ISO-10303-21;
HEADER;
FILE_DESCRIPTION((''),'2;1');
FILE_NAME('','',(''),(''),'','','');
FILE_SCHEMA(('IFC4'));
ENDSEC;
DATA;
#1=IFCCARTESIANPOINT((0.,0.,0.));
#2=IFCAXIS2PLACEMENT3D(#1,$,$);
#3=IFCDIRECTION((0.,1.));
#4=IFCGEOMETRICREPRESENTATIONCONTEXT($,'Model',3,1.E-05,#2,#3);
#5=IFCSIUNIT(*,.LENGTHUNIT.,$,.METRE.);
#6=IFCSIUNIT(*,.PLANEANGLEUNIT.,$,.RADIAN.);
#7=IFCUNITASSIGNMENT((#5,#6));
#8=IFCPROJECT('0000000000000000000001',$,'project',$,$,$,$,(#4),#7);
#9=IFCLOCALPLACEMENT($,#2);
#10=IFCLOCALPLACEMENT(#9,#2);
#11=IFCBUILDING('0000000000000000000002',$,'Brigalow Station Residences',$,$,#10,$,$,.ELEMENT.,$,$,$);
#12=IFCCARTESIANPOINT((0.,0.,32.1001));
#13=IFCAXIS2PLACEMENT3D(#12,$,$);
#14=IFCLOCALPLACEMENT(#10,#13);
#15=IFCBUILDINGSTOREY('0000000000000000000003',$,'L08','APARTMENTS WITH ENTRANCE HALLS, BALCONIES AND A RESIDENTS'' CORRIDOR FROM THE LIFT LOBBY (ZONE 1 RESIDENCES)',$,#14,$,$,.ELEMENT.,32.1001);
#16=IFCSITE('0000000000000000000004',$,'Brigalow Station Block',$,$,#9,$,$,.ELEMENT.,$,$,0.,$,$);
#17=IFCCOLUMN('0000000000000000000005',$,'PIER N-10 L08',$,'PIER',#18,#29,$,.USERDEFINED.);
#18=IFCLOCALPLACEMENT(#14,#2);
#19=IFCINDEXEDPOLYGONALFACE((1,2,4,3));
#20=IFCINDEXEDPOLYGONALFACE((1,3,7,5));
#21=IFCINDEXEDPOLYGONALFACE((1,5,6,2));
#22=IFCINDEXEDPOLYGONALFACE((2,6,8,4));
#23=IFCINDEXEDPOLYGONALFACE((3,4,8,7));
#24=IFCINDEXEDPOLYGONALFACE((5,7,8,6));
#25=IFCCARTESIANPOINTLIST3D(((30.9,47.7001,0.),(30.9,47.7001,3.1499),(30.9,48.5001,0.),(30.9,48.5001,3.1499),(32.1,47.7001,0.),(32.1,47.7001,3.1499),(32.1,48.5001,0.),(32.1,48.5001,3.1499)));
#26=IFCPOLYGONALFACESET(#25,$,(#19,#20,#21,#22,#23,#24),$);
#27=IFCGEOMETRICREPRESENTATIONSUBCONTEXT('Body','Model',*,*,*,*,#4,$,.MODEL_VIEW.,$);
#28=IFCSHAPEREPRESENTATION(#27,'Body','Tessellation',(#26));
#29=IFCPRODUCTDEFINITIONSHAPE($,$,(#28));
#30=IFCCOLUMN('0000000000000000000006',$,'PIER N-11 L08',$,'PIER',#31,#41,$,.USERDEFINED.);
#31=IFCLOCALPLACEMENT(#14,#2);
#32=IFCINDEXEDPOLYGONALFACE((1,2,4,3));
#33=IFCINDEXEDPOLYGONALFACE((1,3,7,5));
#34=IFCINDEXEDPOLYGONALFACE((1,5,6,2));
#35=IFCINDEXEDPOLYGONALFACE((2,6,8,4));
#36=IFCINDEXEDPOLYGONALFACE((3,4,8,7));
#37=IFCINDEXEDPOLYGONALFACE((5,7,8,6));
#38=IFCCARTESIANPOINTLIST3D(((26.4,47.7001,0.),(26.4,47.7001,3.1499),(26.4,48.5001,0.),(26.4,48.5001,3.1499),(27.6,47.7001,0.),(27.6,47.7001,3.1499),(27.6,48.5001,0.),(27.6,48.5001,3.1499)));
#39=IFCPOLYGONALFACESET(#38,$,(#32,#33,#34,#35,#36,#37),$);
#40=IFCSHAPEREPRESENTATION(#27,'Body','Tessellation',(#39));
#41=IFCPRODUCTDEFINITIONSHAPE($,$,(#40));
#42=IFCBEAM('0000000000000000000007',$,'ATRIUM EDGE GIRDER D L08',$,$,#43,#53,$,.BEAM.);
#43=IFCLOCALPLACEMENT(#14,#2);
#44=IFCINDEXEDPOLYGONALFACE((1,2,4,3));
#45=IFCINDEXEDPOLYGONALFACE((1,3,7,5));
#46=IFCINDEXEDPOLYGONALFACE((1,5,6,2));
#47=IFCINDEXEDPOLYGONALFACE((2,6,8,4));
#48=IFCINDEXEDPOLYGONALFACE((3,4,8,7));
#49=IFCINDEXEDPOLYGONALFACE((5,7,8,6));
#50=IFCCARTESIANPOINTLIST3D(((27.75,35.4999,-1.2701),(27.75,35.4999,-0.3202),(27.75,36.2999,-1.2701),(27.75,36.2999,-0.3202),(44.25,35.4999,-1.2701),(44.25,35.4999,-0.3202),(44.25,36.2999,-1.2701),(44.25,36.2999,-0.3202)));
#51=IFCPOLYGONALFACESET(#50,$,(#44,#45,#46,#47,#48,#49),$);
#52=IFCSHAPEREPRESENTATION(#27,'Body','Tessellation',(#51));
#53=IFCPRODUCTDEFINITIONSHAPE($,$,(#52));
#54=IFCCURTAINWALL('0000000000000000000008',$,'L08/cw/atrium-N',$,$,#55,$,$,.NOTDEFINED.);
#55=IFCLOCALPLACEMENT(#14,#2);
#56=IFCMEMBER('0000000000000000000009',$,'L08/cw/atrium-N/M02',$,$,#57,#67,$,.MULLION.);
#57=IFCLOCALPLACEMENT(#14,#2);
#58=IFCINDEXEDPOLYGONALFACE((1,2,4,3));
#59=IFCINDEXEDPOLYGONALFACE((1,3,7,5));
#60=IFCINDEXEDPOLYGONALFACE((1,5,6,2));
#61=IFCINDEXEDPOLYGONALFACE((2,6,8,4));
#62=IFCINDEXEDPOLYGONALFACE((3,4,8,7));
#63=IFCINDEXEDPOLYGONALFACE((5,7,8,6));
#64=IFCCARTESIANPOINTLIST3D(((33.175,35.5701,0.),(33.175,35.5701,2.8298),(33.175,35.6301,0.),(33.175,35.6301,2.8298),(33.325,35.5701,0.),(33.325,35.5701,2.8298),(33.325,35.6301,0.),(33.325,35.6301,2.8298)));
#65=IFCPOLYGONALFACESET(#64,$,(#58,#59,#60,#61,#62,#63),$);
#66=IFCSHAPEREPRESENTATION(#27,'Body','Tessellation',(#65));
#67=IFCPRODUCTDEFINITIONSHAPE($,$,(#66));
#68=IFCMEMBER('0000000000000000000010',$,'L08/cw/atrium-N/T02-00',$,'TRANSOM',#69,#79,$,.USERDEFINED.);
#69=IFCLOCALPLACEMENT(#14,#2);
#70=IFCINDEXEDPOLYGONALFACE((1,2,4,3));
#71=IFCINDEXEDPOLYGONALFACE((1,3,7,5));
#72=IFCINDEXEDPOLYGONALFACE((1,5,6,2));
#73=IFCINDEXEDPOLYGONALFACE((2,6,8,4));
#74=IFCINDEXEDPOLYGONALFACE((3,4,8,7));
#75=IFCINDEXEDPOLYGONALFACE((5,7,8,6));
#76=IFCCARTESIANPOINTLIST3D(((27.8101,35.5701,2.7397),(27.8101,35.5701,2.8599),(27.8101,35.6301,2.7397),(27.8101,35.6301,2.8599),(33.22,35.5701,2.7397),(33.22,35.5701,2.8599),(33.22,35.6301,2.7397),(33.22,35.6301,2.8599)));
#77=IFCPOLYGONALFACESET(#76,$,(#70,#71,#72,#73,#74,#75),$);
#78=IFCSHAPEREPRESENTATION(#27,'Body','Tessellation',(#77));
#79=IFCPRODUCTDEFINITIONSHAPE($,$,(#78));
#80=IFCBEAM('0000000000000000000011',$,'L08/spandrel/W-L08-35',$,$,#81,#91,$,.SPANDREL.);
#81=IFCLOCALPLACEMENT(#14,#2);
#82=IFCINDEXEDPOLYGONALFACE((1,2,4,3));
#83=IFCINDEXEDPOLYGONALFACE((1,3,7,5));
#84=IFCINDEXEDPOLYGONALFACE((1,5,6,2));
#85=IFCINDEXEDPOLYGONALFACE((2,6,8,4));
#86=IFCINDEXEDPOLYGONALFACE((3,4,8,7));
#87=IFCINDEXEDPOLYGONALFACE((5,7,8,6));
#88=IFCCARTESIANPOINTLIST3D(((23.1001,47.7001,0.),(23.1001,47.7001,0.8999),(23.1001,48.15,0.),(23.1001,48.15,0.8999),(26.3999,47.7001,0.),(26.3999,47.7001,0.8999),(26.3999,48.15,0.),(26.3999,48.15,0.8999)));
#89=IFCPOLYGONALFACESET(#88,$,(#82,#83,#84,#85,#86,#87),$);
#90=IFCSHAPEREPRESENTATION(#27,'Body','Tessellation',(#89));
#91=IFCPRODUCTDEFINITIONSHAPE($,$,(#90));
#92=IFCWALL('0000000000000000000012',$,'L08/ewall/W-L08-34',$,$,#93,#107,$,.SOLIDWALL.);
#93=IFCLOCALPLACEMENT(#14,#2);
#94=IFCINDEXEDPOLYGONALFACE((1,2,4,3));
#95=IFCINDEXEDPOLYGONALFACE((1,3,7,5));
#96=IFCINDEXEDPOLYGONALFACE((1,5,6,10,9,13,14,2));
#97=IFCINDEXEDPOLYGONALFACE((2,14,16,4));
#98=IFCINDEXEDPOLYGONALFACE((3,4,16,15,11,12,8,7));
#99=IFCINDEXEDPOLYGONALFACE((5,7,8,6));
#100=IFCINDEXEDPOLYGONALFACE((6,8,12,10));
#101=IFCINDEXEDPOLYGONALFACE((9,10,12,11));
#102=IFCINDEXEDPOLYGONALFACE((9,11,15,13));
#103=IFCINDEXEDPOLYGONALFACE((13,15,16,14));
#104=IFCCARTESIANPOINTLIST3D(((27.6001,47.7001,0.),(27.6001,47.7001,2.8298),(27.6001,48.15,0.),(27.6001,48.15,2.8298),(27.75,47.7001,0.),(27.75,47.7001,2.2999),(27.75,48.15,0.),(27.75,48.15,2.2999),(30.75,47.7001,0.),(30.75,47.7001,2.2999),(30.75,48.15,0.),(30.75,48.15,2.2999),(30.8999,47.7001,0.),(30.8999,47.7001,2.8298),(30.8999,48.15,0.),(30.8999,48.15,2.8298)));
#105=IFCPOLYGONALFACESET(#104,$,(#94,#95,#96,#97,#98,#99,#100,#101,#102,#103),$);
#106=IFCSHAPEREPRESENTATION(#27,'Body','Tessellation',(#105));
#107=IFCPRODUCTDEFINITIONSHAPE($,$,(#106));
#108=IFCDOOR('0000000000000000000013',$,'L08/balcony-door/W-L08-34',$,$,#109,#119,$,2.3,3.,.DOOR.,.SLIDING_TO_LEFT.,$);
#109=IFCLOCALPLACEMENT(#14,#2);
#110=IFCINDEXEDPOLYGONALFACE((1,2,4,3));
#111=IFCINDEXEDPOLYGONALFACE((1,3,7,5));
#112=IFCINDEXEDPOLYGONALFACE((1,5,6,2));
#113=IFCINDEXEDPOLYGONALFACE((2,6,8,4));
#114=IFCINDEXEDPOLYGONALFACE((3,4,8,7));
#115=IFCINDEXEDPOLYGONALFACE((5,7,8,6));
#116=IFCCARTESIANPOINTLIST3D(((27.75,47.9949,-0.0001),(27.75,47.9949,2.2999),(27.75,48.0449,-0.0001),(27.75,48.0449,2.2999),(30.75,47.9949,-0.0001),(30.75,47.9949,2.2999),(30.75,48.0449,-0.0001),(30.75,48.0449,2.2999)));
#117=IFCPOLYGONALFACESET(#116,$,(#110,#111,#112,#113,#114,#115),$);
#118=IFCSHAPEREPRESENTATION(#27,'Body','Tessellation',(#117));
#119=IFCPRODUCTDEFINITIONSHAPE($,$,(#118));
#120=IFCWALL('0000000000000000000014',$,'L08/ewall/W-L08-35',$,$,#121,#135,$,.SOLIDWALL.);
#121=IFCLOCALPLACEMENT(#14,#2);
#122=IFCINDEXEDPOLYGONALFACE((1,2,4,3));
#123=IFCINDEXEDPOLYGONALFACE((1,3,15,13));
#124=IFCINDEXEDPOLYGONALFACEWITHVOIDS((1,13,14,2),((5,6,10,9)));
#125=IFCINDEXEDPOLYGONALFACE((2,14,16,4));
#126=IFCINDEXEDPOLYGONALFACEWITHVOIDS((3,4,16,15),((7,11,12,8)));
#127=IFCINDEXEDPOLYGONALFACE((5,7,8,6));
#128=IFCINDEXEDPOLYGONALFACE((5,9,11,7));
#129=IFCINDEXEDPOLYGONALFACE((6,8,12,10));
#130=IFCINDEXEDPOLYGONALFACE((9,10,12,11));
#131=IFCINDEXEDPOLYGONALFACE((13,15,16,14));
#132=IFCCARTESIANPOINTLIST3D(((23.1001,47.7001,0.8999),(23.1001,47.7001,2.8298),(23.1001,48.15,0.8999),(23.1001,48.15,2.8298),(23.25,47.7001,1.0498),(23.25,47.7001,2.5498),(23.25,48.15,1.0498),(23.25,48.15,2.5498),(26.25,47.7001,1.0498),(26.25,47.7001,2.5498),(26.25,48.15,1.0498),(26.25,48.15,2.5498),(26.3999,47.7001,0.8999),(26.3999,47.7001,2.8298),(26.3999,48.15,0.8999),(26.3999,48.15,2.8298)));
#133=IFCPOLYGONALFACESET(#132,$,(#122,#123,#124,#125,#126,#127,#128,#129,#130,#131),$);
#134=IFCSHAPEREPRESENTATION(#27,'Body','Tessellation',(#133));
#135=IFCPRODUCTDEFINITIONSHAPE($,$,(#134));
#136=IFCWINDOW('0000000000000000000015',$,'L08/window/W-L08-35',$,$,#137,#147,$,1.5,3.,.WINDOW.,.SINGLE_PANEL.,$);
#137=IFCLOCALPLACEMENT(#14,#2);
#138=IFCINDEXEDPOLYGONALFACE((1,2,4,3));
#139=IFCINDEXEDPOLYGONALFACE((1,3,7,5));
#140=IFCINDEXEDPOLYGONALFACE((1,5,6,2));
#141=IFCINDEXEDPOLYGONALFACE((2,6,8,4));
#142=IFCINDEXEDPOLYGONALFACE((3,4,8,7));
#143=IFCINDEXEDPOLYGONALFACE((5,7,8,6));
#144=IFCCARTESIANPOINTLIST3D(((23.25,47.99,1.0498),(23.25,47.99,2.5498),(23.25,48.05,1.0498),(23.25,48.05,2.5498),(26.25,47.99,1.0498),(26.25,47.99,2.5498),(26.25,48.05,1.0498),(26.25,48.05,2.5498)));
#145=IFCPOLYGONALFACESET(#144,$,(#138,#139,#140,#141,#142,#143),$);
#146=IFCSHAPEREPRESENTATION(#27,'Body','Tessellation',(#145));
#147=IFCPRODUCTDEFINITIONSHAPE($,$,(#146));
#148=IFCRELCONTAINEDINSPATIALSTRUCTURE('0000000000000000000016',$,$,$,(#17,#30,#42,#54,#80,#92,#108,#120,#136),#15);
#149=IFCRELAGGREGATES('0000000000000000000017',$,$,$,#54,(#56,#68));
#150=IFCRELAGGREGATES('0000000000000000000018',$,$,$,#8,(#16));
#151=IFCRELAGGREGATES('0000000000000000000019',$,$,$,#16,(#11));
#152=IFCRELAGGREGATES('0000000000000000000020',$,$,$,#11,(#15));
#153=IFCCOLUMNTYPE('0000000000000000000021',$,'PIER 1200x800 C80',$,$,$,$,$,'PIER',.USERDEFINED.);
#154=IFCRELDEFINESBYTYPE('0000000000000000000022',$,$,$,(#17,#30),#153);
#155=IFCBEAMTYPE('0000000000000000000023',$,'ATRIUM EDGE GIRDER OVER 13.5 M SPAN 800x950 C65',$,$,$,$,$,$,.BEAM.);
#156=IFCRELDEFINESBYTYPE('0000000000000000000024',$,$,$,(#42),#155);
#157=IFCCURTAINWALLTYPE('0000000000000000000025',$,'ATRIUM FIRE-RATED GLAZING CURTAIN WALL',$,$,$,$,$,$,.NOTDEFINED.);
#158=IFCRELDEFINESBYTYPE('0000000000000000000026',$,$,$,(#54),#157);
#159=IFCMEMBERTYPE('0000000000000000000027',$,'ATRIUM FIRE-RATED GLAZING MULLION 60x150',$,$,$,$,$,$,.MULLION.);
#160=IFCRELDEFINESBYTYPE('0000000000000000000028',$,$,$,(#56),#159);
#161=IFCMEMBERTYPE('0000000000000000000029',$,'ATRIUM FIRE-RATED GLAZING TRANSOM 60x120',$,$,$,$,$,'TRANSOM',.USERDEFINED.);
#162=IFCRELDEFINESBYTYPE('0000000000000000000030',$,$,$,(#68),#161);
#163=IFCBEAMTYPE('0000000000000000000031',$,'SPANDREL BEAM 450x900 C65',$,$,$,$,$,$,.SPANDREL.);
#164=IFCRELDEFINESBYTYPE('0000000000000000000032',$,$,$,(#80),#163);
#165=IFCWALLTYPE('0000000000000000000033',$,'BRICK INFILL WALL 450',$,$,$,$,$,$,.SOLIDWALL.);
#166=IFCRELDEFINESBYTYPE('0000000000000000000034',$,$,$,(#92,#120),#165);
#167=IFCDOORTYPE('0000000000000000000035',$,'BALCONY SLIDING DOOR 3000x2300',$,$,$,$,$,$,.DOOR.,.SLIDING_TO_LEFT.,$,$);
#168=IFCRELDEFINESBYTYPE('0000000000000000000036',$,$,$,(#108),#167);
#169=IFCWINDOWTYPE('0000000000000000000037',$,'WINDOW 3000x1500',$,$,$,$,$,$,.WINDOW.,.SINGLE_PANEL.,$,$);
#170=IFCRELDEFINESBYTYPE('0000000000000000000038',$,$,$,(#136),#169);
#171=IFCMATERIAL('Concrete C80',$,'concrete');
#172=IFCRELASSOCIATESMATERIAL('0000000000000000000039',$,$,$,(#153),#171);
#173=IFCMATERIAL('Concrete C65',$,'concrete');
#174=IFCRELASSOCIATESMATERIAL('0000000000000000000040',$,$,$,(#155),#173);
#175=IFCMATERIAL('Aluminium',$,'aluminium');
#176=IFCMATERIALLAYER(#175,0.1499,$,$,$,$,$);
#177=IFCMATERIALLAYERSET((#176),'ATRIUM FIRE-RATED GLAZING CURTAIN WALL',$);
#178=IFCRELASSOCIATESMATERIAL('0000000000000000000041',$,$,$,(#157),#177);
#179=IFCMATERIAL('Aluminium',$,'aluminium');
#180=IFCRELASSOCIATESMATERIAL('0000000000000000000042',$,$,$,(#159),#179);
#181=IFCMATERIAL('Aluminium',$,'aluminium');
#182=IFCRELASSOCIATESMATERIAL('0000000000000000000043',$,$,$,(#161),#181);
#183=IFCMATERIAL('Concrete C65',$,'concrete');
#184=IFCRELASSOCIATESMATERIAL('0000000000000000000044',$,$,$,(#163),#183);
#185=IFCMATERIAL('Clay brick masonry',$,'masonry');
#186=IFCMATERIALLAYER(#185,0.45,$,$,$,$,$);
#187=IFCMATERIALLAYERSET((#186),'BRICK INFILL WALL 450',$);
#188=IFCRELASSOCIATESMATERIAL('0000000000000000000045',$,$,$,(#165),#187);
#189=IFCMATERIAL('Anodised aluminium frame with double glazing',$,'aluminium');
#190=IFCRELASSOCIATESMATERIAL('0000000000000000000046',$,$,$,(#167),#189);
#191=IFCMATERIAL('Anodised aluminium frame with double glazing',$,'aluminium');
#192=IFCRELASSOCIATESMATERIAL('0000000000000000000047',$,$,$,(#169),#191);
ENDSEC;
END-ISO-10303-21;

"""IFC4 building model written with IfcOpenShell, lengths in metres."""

from ifc_helpers import new_model, si_unit, direction, frame, frame_2d, origin, origin_2d, place, context, subcontext, project, spatial, rectangle, extrude, material, layer, layer_set, material_profile, profile_set, type_object, element, fill, aggregate, save


model = new_model("IFC4")

# Units and contexts
model_context = context("Model", 3, precision=1e-05, world=origin(), true_north=direction((0.0, 1.0)))
body_context = subcontext(model_context, "Body", "Model", "MODEL_VIEW")
ifc_project = project(units=[si_unit("LENGTHUNIT", "METRE"), si_unit("PLANEANGLEUNIT", "RADIAN")], contexts=[model_context])

# Site, building, storey
site_placement = place(None, origin())
site = spatial("IfcSite", under=ifc_project, at=site_placement, Name="Brigalow Station Block", CompositionType="ELEMENT", RefElevation=0.0)
building_placement = place(site_placement, origin())
building = spatial("IfcBuilding", under=site, at=building_placement, Name="Brigalow Station Residences", CompositionType="ELEMENT")
storey_placement = place(building_placement, frame((0.0, 0.0, 32.1001)))
storey = spatial("IfcBuildingStorey", under=building, at=storey_placement, Name="L08", Description="APARTMENTS WITH ENTRANCE HALLS, BALCONIES AND A RESIDENTS' CORRIDOR FROM THE LIFT LOBBY (ZONE 1 RESIDENCES)", CompositionType="ELEMENT", Elevation=32.1001)

# Columns
ifc_material_1 = material(Name="Concrete C80", Category="concrete")
ifc_material_profile_1 = material_profile(ifc_material_1, rectangle(XDim=1.2, YDim=0.8, at=origin_2d()), Name="RC1200x800")
ifc_profile_set_1 = profile_set([ifc_material_profile_1], Name="Concrete C80")
column_type = type_object("IfcColumnType", Name="PIER 1200x800 C80", ElementType="PIER", PredefinedType="USERDEFINED", material=ifc_profile_set_1)
for number, where, z_axis, x_axis, name in (
    (1, (31.5, 48.1001, 0.0), (0.0, 0.0, 1.0), (-1.0, 0.0, 0.0), "PIER N-10 L08"),
    (2, (27.0, 48.1001, 0.0), (0.0, 0.0, 1.0), (-1.0, 0.0, 0.0), "PIER N-11 L08"),
):
    element("IfcColumn", number, at=place(storey_placement, frame(where, z_axis=z_axis, x_axis=x_axis)), inside=storey, type_object=column_type, Name=name, ObjectType="PIER", PredefinedType="USERDEFINED", context=body_context, shape_type="SweptSolid", body=[
        extrude(rectangle(XDim=1.2, YDim=0.8, at=origin_2d()), origin(), (0.0, 0.0, 1.0), 3.1499),
    ])

# Beam
ifc_material_2 = material(Name="Concrete C65", Category="concrete")
ifc_material_profile_2 = material_profile(ifc_material_2, rectangle(XDim=0.8, YDim=0.95, at=origin_2d()), Name="RC800x950")
ifc_profile_set_2 = profile_set([ifc_material_profile_2], Name="Concrete C65")
beam_type_1 = type_object("IfcBeamType", Name="ATRIUM EDGE GIRDER OVER 13.5 M SPAN 800x950 C65", PredefinedType="BEAM", material=ifc_profile_set_2)
beam_1_placement = place(storey_placement, frame((27.75, 35.8999, -0.7952), z_axis=(1.0, 0.0, 0.0), x_axis=(0.0, 1.0, 0.0)))
element("IfcBeam", 3, at=beam_1_placement, inside=storey, type_object=beam_type_1, Name="ATRIUM EDGE GIRDER D L08", PredefinedType="BEAM", context=body_context, shape_type="SweptSolid", body=[
    extrude(rectangle(XDim=0.8, YDim=0.95, at=origin_2d()), origin(), (0.0, 0.0, 1.0), 16.5),
])

# Curtain wall, members
ifc_material_3 = material(Name="Aluminium", Category="aluminium")
ifc_layer_1 = layer(ifc_material_3, 0.1499)
ifc_layer_set_1 = layer_set([ifc_layer_1], Name="ATRIUM FIRE-RATED GLAZING CURTAIN WALL")
curtain_wall_type = type_object("IfcCurtainWallType", Name="ATRIUM FIRE-RATED GLAZING CURTAIN WALL", PredefinedType="NOTDEFINED", material=ifc_layer_set_1)
curtain_wall_placement = place(storey_placement, origin())
curtain_wall = element("IfcCurtainWall", 4, at=curtain_wall_placement, inside=storey, type_object=curtain_wall_type, Name="L08/cw/atrium-N", PredefinedType="NOTDEFINED")
ifc_material_4 = material(Name="Aluminium", Category="aluminium")
ifc_material_profile_3 = material_profile(ifc_material_4, rectangle(XDim=0.0601, YDim=0.1499, at=origin_2d()), Name="ATRIUM FIRE-RATED GLAZING MULLION 60x150")
ifc_profile_set_3 = profile_set([ifc_material_profile_3], Name="Aluminium")
member_type_1 = type_object("IfcMemberType", Name="ATRIUM FIRE-RATED GLAZING MULLION 60x150", PredefinedType="MULLION", material=ifc_profile_set_3)
member_1_placement = place(storey_placement, frame((33.25, 35.6001, 0.0), z_axis=(0.0, 0.0, 1.0), x_axis=(0.0, -1.0, 0.0)))
member_1 = element("IfcMember", 5, at=member_1_placement, type_object=member_type_1, Name="L08/cw/atrium-N/M02", PredefinedType="MULLION", context=body_context, shape_type="SweptSolid", body=[
    extrude(rectangle(XDim=0.0601, YDim=0.1499, at=origin_2d()), origin(), (0.0, 0.0, 1.0), 2.8298),
])
ifc_material_5 = material(Name="Aluminium", Category="aluminium")
ifc_material_profile_4 = material_profile(ifc_material_5, rectangle(XDim=0.0601, YDim=0.1201, at=origin_2d()), Name="ATRIUM FIRE-RATED GLAZING TRANSOM 60x120")
ifc_profile_set_4 = profile_set([ifc_material_profile_4], Name="Aluminium")
member_type_2 = type_object("IfcMemberType", Name="ATRIUM FIRE-RATED GLAZING TRANSOM 60x120", ElementType="TRANSOM", PredefinedType="USERDEFINED", material=ifc_profile_set_4)
member_2_placement = place(storey_placement, frame((33.22, 35.6001, 2.7998), z_axis=(-1.0, 0.0, 0.0), x_axis=(0.0, -1.0, 0.0)))
member_2 = element("IfcMember", 6, at=member_2_placement, type_object=member_type_2, Name="L08/cw/atrium-N/T02-00", ObjectType="TRANSOM", PredefinedType="USERDEFINED", context=body_context, shape_type="SweptSolid", body=[
    extrude(rectangle(XDim=0.0601, YDim=0.1201, at=origin_2d()), origin(), (0.0, 0.0, 1.0), 5.4099),
])
aggregate(curtain_wall, [member_1, member_2])

# Beam
ifc_material_6 = material(Name="Concrete C65", Category="concrete")
ifc_material_profile_5 = material_profile(ifc_material_6, rectangle(XDim=0.45, YDim=0.8999, at=origin_2d()), Name="RC450x900")
ifc_profile_set_5 = profile_set([ifc_material_profile_5], Name="Concrete C65")
beam_type_2 = type_object("IfcBeamType", Name="SPANDREL BEAM 450x900 C65", PredefinedType="SPANDREL", material=ifc_profile_set_5)
beam_2_placement = place(storey_placement, frame((26.3999, 47.925, 0.45), z_axis=(-1.0, 0.0, 0.0), x_axis=(0.0, -1.0, 0.0)))
element("IfcBeam", 7, at=beam_2_placement, inside=storey, type_object=beam_type_2, Name="L08/spandrel/W-L08-35", PredefinedType="SPANDREL", context=body_context, shape_type="SweptSolid", body=[
    extrude(rectangle(XDim=0.45, YDim=0.8999, at=origin_2d()), origin(), (0.0, 0.0, 1.0), 3.2998),
])

# Wall, opening, door
ifc_material_7 = material(Name="Clay brick masonry", Category="masonry")
ifc_layer_2 = layer(ifc_material_7, 0.45)
ifc_layer_set_2 = layer_set([ifc_layer_2], Name="BRICK INFILL WALL 450")
wall_type_1 = type_object("IfcWallType", Name="BRICK INFILL WALL 450", PredefinedType="SOLIDWALL", material=ifc_layer_set_2)
wall_1_placement = place(storey_placement, frame((30.8999, 47.925, 0.0), z_axis=(0.0, 0.0, 1.0), x_axis=(-1.0, 0.0, 0.0)))
wall_1 = element("IfcWall", 8, at=wall_1_placement, inside=storey, type_object=wall_type_1, Name="L08/ewall/W-L08-34", PredefinedType="SOLIDWALL", context=body_context, shape_type="SweptSolid", body=[
    extrude(rectangle(XDim=3.2998, YDim=0.45, at=frame_2d((1.6499, 0.0))), origin(), (0.0, 0.0, 1.0), 2.8298),
])
opening_1_placement = place(wall_1_placement, frame((0.1499, 0.0, 0.0)))
opening_1 = element("IfcOpeningElement", 9, at=opening_1_placement, cuts=wall_1, PredefinedType="OPENING", context=body_context, shape_type="SweptSolid", body=[
    extrude(rectangle(XDim=3.0, YDim=2.3, at=frame_2d((1.5, 1.1499))), frame((0.0, 0.2349, 0.0), z_axis=(0.0, -1.0, 0.0), x_axis=(1.0, 0.0, 0.0)), (0.0, 0.0, 1.0), 0.47),
])
ifc_material_8 = material(Name="Anodised aluminium frame with double glazing", Category="aluminium")
door_type_1 = type_object("IfcDoorType", Name="BALCONY SLIDING DOOR 3000x2300", OperationType="SLIDING_TO_LEFT", PredefinedType="DOOR", material=ifc_material_8)
door_1_placement = place(opening_1_placement, origin())
door_1 = element("IfcDoor", 10, at=door_1_placement, inside=storey, type_object=door_type_1, Name="L08/balcony-door/W-L08-34", OperationType="SLIDING_TO_LEFT", OverallHeight=2.3, OverallWidth=3.0, PredefinedType="DOOR", context=body_context, shape_type="SweptSolid", body=[
    extrude(rectangle(XDim=3.0, YDim=2.3, at=frame_2d((1.5, 1.1499))), frame((0.0, -0.0698, 0.0), z_axis=(0.0, -1.0, 0.0), x_axis=(1.0, 0.0, 0.0)), (0.0, 0.0, 1.0), 0.05),
])
fill(opening_1, door_1)

# Wall, opening, window
wall_2_placement = place(storey_placement, frame((26.3999, 47.925, 0.8999), z_axis=(0.0, 0.0, 1.0), x_axis=(-1.0, 0.0, 0.0)))
wall_2 = element("IfcWall", 11, at=wall_2_placement, inside=storey, type_object=wall_type_1, Name="L08/ewall/W-L08-35", PredefinedType="SOLIDWALL", context=body_context, shape_type="SweptSolid", body=[
    extrude(rectangle(XDim=3.2998, YDim=0.45, at=frame_2d((1.6499, 0.0))), origin(), (0.0, 0.0, 1.0), 1.9299),
])
opening_2_placement = place(wall_2_placement, frame((0.1499, 0.0, 0.1499)))
opening_2 = element("IfcOpeningElement", 12, at=opening_2_placement, cuts=wall_2, PredefinedType="OPENING", context=body_context, shape_type="SweptSolid", body=[
    extrude(rectangle(XDim=3.0, YDim=1.5, at=frame_2d((1.5, 0.75))), frame((0.0, 0.2349, 0.0), z_axis=(0.0, -1.0, 0.0), x_axis=(1.0, 0.0, 0.0)), (0.0, 0.0, 1.0), 0.47),
])
ifc_material_9 = material(Name="Anodised aluminium frame with double glazing", Category="aluminium")
window_type = type_object("IfcWindowType", Name="WINDOW 3000x1500", PartitioningType="SINGLE_PANEL", PredefinedType="WINDOW", material=ifc_material_9)
window_placement = place(opening_2_placement, origin())
window = element("IfcWindow", 13, at=window_placement, inside=storey, type_object=window_type, Name="L08/window/W-L08-35", OverallHeight=1.5, OverallWidth=3.0, PartitioningType="SINGLE_PANEL", PredefinedType="WINDOW", context=body_context, shape_type="SweptSolid", body=[
    extrude(rectangle(XDim=3.0, YDim=1.5, at=frame_2d((1.5, 0.75))), frame((0.0, -0.0649, 0.0), z_axis=(0.0, -1.0, 0.0), x_axis=(1.0, 0.0, 0.0)), (0.0, 0.0, 1.0), 0.0601),
])
fill(opening_2, window)

save(model, "model.ifc")
